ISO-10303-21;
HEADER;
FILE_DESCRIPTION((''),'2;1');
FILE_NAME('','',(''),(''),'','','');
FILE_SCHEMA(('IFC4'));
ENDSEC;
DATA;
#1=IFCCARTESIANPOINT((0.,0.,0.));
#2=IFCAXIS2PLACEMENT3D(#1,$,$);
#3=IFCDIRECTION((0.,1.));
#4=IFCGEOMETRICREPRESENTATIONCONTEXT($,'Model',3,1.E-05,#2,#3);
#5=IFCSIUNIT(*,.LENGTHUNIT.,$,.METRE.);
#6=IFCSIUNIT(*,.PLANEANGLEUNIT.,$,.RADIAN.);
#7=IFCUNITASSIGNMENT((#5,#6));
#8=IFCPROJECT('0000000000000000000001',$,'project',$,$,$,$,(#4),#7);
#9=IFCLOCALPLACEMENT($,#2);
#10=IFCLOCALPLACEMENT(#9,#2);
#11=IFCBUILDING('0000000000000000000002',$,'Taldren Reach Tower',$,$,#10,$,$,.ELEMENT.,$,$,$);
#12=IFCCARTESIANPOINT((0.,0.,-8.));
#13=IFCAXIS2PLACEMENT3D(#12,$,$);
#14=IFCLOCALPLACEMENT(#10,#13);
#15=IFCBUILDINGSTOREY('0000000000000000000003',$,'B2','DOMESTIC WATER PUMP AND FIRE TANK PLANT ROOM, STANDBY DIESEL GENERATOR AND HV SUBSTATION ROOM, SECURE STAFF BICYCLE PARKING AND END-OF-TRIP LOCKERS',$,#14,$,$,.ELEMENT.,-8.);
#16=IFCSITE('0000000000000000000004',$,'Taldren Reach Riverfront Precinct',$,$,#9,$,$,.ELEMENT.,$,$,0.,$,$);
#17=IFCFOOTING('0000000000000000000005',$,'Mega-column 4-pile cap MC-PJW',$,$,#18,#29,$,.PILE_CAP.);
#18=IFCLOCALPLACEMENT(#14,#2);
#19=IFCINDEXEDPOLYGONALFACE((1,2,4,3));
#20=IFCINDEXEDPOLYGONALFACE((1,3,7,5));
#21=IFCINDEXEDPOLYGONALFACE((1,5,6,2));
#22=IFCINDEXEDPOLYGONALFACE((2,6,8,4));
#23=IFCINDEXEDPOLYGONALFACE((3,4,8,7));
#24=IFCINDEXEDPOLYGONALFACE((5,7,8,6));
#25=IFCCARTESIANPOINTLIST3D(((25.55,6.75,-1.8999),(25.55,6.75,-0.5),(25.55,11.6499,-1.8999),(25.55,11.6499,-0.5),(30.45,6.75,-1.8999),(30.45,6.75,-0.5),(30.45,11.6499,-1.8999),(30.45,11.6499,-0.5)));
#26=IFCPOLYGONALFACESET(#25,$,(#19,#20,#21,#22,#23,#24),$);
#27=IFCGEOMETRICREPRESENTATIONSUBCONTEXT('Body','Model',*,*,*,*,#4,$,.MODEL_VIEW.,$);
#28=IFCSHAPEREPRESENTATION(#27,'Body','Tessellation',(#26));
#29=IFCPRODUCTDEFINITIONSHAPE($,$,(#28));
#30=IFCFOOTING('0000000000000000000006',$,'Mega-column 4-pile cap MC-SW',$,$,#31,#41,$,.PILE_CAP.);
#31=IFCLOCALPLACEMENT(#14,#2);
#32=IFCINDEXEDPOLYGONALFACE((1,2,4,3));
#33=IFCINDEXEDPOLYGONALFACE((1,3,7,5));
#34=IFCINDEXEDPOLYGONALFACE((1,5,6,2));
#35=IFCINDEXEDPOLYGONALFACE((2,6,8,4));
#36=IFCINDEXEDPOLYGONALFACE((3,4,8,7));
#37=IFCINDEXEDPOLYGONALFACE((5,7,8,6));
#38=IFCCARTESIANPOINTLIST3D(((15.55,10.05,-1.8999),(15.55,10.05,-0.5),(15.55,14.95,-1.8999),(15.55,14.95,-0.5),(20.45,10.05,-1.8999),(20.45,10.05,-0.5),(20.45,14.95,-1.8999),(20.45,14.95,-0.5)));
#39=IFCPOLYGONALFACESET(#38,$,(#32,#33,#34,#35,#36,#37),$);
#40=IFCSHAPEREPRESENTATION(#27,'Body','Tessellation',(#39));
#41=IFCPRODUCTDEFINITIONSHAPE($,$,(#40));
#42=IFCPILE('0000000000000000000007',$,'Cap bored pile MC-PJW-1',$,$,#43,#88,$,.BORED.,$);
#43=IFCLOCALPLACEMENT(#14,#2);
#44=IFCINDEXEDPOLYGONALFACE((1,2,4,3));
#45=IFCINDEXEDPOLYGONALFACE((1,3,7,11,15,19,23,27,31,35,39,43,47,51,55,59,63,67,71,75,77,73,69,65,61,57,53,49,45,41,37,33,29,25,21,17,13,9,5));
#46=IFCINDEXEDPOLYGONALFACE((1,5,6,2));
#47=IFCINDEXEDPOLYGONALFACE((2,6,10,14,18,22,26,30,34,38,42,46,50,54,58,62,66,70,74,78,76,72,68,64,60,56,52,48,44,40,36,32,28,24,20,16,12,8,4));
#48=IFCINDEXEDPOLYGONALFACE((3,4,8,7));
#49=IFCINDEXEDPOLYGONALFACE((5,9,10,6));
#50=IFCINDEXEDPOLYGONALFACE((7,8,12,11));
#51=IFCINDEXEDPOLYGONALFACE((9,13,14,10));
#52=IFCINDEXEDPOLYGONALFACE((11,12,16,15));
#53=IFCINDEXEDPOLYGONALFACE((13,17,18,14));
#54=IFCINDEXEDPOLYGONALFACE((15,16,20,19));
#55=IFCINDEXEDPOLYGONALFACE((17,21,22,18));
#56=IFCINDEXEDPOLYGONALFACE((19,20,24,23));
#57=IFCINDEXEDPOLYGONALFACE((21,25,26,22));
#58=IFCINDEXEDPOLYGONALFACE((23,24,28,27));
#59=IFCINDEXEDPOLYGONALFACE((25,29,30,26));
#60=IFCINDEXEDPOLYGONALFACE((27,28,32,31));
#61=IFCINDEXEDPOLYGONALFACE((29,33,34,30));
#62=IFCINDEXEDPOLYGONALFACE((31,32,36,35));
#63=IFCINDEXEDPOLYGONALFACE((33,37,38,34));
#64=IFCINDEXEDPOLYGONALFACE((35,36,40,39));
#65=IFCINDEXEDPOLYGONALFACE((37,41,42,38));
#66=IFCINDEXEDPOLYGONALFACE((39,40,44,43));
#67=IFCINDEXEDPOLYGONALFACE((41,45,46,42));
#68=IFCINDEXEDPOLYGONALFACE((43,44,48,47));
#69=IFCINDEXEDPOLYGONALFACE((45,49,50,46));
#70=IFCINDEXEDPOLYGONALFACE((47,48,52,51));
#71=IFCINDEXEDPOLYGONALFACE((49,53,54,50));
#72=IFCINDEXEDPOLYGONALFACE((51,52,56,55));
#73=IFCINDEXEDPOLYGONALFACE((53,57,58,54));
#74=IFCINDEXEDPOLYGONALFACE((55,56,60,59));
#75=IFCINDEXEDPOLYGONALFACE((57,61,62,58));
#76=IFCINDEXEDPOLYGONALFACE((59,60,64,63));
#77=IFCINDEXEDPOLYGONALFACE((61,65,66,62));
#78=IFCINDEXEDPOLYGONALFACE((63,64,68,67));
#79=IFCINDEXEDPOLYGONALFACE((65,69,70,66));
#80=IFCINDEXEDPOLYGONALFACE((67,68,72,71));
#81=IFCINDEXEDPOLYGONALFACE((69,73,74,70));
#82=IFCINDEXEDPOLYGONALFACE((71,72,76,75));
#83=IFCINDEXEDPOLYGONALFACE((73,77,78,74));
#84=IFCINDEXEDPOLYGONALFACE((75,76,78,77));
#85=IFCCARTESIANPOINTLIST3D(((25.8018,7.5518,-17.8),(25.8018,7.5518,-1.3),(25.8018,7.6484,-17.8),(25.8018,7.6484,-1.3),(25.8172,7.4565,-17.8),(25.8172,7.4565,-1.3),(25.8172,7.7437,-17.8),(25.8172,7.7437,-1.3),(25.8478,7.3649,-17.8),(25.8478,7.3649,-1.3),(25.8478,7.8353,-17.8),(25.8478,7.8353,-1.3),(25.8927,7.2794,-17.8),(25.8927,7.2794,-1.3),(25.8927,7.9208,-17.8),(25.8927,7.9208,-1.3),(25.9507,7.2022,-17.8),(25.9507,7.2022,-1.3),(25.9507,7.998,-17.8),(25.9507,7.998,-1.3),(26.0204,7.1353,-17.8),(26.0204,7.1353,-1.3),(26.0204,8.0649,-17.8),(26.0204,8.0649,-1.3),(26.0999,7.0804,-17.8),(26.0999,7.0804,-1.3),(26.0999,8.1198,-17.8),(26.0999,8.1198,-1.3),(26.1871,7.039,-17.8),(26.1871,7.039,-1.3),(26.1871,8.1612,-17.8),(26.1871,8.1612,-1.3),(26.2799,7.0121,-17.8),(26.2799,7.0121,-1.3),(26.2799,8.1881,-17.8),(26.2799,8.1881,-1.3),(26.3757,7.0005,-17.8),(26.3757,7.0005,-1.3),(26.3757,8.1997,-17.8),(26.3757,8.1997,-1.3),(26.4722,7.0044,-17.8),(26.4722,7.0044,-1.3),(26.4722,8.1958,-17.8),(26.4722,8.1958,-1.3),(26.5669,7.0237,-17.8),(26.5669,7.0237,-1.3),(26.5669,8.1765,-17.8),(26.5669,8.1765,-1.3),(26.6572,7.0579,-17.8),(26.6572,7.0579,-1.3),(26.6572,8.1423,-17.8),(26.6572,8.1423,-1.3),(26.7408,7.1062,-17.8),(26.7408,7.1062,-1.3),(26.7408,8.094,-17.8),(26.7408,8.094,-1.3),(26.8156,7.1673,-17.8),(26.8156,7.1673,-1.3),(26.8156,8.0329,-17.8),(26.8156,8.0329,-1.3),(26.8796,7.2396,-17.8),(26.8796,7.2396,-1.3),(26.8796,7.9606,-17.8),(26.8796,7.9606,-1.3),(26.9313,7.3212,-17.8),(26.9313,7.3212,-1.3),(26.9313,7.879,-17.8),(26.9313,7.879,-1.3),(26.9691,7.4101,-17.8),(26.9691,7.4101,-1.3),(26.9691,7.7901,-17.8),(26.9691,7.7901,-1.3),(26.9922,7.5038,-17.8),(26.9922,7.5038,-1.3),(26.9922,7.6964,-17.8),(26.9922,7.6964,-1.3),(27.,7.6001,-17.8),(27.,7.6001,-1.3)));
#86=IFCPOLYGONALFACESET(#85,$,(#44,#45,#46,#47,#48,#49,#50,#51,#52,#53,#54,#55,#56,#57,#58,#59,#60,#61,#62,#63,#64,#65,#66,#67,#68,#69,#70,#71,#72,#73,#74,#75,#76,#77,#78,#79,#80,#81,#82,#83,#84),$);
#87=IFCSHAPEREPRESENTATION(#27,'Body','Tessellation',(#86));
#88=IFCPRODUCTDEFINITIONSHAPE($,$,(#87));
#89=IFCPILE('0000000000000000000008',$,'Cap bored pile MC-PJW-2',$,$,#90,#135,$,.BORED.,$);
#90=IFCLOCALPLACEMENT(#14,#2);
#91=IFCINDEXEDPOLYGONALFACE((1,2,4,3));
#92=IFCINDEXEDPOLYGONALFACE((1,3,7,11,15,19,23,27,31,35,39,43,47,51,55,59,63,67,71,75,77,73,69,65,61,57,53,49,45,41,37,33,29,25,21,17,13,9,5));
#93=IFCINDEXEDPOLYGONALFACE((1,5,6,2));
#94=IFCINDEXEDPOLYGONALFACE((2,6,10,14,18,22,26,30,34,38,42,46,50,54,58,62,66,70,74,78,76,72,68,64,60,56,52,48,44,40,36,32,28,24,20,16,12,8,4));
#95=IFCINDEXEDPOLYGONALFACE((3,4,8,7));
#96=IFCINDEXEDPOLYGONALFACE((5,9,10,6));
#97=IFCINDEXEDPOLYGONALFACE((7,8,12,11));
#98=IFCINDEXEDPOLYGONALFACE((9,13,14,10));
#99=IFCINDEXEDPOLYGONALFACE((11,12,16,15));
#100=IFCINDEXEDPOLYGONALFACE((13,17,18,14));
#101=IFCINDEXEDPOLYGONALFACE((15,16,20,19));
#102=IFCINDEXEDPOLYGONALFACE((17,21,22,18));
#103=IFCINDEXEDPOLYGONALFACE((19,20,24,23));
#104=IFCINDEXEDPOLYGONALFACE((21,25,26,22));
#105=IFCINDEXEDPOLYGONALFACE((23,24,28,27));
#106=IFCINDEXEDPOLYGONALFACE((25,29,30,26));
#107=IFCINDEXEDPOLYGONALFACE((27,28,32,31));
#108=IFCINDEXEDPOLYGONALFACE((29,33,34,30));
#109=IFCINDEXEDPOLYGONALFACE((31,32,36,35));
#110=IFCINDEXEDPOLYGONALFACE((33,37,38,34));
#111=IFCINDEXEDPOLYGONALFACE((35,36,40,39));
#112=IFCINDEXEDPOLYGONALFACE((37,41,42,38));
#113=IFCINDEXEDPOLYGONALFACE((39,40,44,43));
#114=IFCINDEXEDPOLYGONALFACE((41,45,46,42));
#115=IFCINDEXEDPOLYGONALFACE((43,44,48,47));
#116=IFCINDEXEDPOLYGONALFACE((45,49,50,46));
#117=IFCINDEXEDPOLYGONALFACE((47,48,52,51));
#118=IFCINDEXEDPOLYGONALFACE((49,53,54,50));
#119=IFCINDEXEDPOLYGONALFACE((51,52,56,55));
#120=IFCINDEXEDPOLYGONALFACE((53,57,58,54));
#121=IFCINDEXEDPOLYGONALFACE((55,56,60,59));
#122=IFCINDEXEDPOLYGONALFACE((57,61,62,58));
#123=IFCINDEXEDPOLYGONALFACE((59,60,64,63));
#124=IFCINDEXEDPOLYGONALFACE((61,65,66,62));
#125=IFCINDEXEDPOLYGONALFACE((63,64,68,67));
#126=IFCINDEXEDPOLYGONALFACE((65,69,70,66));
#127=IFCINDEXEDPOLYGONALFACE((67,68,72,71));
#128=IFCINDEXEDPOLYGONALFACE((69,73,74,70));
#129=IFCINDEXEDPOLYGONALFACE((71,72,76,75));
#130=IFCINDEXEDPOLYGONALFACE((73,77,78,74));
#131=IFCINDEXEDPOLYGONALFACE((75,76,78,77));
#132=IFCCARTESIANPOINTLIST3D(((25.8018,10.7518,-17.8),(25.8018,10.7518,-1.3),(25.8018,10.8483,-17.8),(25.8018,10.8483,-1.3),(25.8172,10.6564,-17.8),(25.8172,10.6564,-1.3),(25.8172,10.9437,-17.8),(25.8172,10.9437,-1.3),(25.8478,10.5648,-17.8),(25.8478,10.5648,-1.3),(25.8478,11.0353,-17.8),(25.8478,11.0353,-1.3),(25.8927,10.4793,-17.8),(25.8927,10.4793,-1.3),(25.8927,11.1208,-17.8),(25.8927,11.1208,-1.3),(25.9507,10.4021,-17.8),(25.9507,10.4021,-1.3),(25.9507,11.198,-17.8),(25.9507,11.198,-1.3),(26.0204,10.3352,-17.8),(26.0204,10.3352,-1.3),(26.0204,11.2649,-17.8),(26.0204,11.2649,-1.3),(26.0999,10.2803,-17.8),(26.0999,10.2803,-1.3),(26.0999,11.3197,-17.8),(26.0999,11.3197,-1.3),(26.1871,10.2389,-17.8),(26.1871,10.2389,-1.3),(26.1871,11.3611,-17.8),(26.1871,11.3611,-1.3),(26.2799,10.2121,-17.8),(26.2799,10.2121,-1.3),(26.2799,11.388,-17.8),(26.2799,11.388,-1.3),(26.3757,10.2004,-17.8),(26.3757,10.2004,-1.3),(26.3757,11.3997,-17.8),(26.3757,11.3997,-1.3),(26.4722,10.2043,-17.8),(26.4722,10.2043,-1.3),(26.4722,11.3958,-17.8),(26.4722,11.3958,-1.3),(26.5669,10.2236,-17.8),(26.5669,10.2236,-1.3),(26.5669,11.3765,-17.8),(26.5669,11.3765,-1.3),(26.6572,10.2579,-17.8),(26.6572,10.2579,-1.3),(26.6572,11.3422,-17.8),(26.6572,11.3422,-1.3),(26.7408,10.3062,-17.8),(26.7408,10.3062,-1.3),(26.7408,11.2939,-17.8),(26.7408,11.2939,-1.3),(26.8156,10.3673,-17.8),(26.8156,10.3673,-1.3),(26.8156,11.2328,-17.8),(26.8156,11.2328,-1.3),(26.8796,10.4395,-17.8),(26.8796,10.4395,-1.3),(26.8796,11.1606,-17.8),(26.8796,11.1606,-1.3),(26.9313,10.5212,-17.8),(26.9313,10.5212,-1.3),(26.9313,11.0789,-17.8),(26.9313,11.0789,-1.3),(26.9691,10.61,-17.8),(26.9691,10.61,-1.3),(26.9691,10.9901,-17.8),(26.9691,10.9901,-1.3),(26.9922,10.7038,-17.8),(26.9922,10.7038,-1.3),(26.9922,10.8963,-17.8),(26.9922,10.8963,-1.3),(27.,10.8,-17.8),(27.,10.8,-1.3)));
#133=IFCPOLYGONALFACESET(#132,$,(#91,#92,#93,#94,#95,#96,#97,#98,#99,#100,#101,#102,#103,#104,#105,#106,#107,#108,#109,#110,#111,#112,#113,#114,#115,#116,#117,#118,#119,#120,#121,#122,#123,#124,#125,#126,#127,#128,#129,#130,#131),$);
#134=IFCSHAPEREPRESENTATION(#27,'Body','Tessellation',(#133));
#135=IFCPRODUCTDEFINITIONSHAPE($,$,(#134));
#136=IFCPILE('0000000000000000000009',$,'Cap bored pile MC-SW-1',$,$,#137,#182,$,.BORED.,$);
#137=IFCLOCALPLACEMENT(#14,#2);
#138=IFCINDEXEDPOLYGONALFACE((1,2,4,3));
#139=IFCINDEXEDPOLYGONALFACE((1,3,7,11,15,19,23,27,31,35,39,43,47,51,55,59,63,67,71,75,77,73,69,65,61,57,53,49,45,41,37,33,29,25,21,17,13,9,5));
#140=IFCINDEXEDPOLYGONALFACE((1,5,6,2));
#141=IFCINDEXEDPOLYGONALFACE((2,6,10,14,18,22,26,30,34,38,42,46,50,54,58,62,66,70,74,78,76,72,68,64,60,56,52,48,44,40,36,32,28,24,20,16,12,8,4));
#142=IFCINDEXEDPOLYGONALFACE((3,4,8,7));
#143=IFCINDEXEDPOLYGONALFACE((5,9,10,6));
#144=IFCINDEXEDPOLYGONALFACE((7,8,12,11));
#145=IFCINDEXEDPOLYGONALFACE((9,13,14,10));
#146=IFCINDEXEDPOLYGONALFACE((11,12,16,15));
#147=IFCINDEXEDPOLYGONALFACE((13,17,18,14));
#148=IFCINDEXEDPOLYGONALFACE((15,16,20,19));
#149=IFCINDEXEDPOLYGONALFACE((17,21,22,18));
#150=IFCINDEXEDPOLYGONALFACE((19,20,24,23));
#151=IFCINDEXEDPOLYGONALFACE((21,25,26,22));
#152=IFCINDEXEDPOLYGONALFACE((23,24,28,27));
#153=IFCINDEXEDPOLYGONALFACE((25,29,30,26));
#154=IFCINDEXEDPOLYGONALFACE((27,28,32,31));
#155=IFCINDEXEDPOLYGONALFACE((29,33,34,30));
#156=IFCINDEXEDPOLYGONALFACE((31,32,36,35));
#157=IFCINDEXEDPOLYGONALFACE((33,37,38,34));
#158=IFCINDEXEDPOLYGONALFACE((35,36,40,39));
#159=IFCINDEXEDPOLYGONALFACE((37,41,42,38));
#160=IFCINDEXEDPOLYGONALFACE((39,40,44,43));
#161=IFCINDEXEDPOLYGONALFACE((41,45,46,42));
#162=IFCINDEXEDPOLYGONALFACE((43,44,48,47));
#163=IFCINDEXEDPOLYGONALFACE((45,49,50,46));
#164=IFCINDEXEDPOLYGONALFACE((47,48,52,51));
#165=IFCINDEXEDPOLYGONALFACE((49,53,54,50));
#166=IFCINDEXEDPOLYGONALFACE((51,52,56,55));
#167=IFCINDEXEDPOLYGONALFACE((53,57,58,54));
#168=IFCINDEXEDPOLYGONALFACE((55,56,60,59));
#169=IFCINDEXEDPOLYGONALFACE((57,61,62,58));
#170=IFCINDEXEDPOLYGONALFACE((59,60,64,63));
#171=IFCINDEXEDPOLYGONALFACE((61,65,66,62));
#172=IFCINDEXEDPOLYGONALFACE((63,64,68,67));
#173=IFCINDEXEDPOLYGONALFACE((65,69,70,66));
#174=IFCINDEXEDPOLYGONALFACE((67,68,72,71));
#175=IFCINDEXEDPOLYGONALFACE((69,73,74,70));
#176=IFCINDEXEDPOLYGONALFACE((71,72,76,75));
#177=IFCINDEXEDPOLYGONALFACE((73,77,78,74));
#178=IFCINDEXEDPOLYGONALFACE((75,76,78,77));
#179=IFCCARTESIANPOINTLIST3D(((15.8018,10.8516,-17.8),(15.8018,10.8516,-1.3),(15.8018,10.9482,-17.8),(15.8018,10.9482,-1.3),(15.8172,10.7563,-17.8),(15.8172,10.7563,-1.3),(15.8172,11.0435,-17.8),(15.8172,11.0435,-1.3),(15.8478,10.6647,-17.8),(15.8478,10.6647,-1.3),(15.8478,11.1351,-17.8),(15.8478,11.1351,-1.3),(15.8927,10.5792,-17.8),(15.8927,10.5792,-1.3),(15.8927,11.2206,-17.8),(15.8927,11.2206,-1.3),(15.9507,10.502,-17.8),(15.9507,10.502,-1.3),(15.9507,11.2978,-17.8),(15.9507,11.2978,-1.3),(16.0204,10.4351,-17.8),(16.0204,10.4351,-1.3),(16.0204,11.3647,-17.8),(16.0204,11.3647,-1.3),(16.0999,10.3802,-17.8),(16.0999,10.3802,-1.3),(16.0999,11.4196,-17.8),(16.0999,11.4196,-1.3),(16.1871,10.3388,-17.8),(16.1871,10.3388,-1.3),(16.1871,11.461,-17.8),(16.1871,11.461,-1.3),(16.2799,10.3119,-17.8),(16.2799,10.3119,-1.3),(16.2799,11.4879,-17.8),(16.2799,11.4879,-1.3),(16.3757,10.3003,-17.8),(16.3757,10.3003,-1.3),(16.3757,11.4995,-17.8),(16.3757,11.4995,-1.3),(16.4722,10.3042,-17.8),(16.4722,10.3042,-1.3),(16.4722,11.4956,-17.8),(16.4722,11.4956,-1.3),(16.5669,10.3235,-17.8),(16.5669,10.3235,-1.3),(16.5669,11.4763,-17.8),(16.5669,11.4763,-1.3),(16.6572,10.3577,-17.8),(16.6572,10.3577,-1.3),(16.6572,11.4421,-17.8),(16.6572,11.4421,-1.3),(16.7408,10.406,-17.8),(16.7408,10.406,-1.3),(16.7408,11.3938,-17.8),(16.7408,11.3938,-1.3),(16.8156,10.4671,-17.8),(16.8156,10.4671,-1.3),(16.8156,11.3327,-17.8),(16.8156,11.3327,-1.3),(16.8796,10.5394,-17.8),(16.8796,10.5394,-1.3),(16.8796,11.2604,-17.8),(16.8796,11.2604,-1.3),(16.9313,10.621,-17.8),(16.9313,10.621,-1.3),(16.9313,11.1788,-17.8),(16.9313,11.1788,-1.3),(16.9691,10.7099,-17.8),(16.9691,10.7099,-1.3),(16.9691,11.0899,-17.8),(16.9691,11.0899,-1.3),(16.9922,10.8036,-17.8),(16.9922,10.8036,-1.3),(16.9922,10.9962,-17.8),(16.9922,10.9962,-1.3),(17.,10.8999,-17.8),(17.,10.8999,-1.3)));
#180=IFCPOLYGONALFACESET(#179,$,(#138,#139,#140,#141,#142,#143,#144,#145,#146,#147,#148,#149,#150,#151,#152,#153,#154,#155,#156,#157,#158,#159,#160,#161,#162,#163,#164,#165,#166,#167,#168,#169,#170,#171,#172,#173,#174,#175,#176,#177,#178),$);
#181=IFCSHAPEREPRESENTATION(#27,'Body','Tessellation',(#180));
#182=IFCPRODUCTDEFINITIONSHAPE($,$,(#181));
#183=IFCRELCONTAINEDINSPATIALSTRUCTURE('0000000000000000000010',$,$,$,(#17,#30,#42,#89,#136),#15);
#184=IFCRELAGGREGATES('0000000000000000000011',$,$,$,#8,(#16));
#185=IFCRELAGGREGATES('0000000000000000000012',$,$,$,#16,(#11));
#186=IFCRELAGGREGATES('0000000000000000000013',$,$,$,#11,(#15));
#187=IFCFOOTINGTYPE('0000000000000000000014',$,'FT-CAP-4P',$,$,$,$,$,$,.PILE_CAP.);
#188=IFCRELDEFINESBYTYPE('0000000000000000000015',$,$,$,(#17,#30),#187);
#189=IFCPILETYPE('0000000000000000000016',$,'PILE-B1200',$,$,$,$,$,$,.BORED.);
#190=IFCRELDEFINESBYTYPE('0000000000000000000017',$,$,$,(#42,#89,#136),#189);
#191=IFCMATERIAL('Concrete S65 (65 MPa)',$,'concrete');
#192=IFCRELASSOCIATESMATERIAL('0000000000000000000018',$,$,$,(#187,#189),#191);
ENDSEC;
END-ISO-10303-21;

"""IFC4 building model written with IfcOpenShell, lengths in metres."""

from ifc_helpers import new_model, si_unit, direction, frame, origin, origin_2d, place, context, subcontext, project, spatial, rectangle, circle, extrude, source, transform, mapped, material, material_profile, profile_set, type_object, element, save


model = new_model("IFC4")

# Units and contexts
model_context = context("Model", 3, precision=1e-05, world=origin(), true_north=direction((0.0, 1.0)))
body_context = subcontext(model_context, "Body", "Model", "MODEL_VIEW")
ifc_project = project(units=[si_unit("LENGTHUNIT", "METRE"), si_unit("PLANEANGLEUNIT", "RADIAN")], contexts=[model_context])

# Site, building, storey
site_placement = place(None, origin())
site = spatial("IfcSite", under=ifc_project, at=site_placement, Name="Taldren Reach Riverfront Precinct", CompositionType="ELEMENT", RefElevation=0.0)
building_placement = place(site_placement, origin())
building = spatial("IfcBuilding", under=site, at=building_placement, Name="Taldren Reach Tower", CompositionType="ELEMENT")
storey_placement = place(building_placement, frame((0.0, 0.0, -8.0)))
storey = spatial("IfcBuildingStorey", under=building, at=storey_placement, Name="B2", Description="DOMESTIC WATER PUMP AND FIRE TANK PLANT ROOM, STANDBY DIESEL GENERATOR AND HV SUBSTATION ROOM, SECURE STAFF BICYCLE PARKING AND END-OF-TRIP LOCKERS", CompositionType="ELEMENT", Elevation=-8.0)

# Footings
ifc_material_1 = material(Name="Concrete S65 (65 MPa)", Category="concrete")
footing_type_1 = type_object("IfcFootingType", Name="FT-CAP-4P", PredefinedType="PILE_CAP", material=ifc_material_1)
shared_shape_1 = source(origin(), body_context, "Body", "SweptSolid", [
    extrude(rectangle(XDim=4.8999, YDim=4.8999, at=origin_2d()), origin(), (0.0, 0.0, 1.0), 1.3999),
])
for number, where, z_axis, x_axis, name in (
    (1, (28.0, 9.2, -1.8999), (0.0, 0.0, 1.0), (1.0, 0.0, 0.0), "Mega-column 4-pile cap MC-PJW"),
    (2, (18.0, 12.5, -1.8999), (0.0, 0.0, 1.0), (1.0, 0.0, 0.0), "Mega-column 4-pile cap MC-SW"),
):
    element("IfcFooting", number, at=place(storey_placement, frame(where, z_axis=z_axis, x_axis=x_axis)), inside=storey, type_object=footing_type_1, Name=name, PredefinedType="PILE_CAP", context=body_context, shape_type="MappedRepresentation", body=[
        mapped(shared_shape_1, transform((0.0, 0.0, 0.0), scale=1.0)),
    ])

# Piles
ifc_material_profile_1 = material_profile(ifc_material_1, circle(Radius=0.6001, at=origin_2d()), Name="PB-1200")
ifc_profile_set_1 = profile_set([ifc_material_profile_1], Name="Concrete S65 (65 MPa)")
pile_type = type_object("IfcPileType", Name="PILE-B1200", PredefinedType="BORED", material=ifc_profile_set_1)
shared_shape_2 = source(origin(), body_context, "Body", "SweptSolid", [
    extrude(circle(Radius=0.6001, at=origin_2d()), origin(), (0.0, 0.0, 1.0), 16.5),
])
for number, where, z_axis, x_axis, name in (
    (3, (26.3999, 7.6001, -1.3), (0.0, 0.0, -1.0), (1.0, 0.0, 0.0), "Cap bored pile MC-PJW-1"),
    (4, (26.3999, 10.8, -1.3), (0.0, 0.0, -1.0), (1.0, 0.0, 0.0), "Cap bored pile MC-PJW-2"),
    (5, (16.3999, 10.8999, -1.3), (0.0, 0.0, -1.0), (1.0, 0.0, 0.0), "Cap bored pile MC-SW-1"),
):
    element("IfcPile", number, at=place(storey_placement, frame(where, z_axis=z_axis, x_axis=x_axis)), inside=storey, type_object=pile_type, Name=name, PredefinedType="BORED", context=body_context, shape_type="MappedRepresentation", body=[
        mapped(shared_shape_2, transform((0.0, 0.0, 0.0), scale=1.0)),
    ])

save(model, "model.ifc")
